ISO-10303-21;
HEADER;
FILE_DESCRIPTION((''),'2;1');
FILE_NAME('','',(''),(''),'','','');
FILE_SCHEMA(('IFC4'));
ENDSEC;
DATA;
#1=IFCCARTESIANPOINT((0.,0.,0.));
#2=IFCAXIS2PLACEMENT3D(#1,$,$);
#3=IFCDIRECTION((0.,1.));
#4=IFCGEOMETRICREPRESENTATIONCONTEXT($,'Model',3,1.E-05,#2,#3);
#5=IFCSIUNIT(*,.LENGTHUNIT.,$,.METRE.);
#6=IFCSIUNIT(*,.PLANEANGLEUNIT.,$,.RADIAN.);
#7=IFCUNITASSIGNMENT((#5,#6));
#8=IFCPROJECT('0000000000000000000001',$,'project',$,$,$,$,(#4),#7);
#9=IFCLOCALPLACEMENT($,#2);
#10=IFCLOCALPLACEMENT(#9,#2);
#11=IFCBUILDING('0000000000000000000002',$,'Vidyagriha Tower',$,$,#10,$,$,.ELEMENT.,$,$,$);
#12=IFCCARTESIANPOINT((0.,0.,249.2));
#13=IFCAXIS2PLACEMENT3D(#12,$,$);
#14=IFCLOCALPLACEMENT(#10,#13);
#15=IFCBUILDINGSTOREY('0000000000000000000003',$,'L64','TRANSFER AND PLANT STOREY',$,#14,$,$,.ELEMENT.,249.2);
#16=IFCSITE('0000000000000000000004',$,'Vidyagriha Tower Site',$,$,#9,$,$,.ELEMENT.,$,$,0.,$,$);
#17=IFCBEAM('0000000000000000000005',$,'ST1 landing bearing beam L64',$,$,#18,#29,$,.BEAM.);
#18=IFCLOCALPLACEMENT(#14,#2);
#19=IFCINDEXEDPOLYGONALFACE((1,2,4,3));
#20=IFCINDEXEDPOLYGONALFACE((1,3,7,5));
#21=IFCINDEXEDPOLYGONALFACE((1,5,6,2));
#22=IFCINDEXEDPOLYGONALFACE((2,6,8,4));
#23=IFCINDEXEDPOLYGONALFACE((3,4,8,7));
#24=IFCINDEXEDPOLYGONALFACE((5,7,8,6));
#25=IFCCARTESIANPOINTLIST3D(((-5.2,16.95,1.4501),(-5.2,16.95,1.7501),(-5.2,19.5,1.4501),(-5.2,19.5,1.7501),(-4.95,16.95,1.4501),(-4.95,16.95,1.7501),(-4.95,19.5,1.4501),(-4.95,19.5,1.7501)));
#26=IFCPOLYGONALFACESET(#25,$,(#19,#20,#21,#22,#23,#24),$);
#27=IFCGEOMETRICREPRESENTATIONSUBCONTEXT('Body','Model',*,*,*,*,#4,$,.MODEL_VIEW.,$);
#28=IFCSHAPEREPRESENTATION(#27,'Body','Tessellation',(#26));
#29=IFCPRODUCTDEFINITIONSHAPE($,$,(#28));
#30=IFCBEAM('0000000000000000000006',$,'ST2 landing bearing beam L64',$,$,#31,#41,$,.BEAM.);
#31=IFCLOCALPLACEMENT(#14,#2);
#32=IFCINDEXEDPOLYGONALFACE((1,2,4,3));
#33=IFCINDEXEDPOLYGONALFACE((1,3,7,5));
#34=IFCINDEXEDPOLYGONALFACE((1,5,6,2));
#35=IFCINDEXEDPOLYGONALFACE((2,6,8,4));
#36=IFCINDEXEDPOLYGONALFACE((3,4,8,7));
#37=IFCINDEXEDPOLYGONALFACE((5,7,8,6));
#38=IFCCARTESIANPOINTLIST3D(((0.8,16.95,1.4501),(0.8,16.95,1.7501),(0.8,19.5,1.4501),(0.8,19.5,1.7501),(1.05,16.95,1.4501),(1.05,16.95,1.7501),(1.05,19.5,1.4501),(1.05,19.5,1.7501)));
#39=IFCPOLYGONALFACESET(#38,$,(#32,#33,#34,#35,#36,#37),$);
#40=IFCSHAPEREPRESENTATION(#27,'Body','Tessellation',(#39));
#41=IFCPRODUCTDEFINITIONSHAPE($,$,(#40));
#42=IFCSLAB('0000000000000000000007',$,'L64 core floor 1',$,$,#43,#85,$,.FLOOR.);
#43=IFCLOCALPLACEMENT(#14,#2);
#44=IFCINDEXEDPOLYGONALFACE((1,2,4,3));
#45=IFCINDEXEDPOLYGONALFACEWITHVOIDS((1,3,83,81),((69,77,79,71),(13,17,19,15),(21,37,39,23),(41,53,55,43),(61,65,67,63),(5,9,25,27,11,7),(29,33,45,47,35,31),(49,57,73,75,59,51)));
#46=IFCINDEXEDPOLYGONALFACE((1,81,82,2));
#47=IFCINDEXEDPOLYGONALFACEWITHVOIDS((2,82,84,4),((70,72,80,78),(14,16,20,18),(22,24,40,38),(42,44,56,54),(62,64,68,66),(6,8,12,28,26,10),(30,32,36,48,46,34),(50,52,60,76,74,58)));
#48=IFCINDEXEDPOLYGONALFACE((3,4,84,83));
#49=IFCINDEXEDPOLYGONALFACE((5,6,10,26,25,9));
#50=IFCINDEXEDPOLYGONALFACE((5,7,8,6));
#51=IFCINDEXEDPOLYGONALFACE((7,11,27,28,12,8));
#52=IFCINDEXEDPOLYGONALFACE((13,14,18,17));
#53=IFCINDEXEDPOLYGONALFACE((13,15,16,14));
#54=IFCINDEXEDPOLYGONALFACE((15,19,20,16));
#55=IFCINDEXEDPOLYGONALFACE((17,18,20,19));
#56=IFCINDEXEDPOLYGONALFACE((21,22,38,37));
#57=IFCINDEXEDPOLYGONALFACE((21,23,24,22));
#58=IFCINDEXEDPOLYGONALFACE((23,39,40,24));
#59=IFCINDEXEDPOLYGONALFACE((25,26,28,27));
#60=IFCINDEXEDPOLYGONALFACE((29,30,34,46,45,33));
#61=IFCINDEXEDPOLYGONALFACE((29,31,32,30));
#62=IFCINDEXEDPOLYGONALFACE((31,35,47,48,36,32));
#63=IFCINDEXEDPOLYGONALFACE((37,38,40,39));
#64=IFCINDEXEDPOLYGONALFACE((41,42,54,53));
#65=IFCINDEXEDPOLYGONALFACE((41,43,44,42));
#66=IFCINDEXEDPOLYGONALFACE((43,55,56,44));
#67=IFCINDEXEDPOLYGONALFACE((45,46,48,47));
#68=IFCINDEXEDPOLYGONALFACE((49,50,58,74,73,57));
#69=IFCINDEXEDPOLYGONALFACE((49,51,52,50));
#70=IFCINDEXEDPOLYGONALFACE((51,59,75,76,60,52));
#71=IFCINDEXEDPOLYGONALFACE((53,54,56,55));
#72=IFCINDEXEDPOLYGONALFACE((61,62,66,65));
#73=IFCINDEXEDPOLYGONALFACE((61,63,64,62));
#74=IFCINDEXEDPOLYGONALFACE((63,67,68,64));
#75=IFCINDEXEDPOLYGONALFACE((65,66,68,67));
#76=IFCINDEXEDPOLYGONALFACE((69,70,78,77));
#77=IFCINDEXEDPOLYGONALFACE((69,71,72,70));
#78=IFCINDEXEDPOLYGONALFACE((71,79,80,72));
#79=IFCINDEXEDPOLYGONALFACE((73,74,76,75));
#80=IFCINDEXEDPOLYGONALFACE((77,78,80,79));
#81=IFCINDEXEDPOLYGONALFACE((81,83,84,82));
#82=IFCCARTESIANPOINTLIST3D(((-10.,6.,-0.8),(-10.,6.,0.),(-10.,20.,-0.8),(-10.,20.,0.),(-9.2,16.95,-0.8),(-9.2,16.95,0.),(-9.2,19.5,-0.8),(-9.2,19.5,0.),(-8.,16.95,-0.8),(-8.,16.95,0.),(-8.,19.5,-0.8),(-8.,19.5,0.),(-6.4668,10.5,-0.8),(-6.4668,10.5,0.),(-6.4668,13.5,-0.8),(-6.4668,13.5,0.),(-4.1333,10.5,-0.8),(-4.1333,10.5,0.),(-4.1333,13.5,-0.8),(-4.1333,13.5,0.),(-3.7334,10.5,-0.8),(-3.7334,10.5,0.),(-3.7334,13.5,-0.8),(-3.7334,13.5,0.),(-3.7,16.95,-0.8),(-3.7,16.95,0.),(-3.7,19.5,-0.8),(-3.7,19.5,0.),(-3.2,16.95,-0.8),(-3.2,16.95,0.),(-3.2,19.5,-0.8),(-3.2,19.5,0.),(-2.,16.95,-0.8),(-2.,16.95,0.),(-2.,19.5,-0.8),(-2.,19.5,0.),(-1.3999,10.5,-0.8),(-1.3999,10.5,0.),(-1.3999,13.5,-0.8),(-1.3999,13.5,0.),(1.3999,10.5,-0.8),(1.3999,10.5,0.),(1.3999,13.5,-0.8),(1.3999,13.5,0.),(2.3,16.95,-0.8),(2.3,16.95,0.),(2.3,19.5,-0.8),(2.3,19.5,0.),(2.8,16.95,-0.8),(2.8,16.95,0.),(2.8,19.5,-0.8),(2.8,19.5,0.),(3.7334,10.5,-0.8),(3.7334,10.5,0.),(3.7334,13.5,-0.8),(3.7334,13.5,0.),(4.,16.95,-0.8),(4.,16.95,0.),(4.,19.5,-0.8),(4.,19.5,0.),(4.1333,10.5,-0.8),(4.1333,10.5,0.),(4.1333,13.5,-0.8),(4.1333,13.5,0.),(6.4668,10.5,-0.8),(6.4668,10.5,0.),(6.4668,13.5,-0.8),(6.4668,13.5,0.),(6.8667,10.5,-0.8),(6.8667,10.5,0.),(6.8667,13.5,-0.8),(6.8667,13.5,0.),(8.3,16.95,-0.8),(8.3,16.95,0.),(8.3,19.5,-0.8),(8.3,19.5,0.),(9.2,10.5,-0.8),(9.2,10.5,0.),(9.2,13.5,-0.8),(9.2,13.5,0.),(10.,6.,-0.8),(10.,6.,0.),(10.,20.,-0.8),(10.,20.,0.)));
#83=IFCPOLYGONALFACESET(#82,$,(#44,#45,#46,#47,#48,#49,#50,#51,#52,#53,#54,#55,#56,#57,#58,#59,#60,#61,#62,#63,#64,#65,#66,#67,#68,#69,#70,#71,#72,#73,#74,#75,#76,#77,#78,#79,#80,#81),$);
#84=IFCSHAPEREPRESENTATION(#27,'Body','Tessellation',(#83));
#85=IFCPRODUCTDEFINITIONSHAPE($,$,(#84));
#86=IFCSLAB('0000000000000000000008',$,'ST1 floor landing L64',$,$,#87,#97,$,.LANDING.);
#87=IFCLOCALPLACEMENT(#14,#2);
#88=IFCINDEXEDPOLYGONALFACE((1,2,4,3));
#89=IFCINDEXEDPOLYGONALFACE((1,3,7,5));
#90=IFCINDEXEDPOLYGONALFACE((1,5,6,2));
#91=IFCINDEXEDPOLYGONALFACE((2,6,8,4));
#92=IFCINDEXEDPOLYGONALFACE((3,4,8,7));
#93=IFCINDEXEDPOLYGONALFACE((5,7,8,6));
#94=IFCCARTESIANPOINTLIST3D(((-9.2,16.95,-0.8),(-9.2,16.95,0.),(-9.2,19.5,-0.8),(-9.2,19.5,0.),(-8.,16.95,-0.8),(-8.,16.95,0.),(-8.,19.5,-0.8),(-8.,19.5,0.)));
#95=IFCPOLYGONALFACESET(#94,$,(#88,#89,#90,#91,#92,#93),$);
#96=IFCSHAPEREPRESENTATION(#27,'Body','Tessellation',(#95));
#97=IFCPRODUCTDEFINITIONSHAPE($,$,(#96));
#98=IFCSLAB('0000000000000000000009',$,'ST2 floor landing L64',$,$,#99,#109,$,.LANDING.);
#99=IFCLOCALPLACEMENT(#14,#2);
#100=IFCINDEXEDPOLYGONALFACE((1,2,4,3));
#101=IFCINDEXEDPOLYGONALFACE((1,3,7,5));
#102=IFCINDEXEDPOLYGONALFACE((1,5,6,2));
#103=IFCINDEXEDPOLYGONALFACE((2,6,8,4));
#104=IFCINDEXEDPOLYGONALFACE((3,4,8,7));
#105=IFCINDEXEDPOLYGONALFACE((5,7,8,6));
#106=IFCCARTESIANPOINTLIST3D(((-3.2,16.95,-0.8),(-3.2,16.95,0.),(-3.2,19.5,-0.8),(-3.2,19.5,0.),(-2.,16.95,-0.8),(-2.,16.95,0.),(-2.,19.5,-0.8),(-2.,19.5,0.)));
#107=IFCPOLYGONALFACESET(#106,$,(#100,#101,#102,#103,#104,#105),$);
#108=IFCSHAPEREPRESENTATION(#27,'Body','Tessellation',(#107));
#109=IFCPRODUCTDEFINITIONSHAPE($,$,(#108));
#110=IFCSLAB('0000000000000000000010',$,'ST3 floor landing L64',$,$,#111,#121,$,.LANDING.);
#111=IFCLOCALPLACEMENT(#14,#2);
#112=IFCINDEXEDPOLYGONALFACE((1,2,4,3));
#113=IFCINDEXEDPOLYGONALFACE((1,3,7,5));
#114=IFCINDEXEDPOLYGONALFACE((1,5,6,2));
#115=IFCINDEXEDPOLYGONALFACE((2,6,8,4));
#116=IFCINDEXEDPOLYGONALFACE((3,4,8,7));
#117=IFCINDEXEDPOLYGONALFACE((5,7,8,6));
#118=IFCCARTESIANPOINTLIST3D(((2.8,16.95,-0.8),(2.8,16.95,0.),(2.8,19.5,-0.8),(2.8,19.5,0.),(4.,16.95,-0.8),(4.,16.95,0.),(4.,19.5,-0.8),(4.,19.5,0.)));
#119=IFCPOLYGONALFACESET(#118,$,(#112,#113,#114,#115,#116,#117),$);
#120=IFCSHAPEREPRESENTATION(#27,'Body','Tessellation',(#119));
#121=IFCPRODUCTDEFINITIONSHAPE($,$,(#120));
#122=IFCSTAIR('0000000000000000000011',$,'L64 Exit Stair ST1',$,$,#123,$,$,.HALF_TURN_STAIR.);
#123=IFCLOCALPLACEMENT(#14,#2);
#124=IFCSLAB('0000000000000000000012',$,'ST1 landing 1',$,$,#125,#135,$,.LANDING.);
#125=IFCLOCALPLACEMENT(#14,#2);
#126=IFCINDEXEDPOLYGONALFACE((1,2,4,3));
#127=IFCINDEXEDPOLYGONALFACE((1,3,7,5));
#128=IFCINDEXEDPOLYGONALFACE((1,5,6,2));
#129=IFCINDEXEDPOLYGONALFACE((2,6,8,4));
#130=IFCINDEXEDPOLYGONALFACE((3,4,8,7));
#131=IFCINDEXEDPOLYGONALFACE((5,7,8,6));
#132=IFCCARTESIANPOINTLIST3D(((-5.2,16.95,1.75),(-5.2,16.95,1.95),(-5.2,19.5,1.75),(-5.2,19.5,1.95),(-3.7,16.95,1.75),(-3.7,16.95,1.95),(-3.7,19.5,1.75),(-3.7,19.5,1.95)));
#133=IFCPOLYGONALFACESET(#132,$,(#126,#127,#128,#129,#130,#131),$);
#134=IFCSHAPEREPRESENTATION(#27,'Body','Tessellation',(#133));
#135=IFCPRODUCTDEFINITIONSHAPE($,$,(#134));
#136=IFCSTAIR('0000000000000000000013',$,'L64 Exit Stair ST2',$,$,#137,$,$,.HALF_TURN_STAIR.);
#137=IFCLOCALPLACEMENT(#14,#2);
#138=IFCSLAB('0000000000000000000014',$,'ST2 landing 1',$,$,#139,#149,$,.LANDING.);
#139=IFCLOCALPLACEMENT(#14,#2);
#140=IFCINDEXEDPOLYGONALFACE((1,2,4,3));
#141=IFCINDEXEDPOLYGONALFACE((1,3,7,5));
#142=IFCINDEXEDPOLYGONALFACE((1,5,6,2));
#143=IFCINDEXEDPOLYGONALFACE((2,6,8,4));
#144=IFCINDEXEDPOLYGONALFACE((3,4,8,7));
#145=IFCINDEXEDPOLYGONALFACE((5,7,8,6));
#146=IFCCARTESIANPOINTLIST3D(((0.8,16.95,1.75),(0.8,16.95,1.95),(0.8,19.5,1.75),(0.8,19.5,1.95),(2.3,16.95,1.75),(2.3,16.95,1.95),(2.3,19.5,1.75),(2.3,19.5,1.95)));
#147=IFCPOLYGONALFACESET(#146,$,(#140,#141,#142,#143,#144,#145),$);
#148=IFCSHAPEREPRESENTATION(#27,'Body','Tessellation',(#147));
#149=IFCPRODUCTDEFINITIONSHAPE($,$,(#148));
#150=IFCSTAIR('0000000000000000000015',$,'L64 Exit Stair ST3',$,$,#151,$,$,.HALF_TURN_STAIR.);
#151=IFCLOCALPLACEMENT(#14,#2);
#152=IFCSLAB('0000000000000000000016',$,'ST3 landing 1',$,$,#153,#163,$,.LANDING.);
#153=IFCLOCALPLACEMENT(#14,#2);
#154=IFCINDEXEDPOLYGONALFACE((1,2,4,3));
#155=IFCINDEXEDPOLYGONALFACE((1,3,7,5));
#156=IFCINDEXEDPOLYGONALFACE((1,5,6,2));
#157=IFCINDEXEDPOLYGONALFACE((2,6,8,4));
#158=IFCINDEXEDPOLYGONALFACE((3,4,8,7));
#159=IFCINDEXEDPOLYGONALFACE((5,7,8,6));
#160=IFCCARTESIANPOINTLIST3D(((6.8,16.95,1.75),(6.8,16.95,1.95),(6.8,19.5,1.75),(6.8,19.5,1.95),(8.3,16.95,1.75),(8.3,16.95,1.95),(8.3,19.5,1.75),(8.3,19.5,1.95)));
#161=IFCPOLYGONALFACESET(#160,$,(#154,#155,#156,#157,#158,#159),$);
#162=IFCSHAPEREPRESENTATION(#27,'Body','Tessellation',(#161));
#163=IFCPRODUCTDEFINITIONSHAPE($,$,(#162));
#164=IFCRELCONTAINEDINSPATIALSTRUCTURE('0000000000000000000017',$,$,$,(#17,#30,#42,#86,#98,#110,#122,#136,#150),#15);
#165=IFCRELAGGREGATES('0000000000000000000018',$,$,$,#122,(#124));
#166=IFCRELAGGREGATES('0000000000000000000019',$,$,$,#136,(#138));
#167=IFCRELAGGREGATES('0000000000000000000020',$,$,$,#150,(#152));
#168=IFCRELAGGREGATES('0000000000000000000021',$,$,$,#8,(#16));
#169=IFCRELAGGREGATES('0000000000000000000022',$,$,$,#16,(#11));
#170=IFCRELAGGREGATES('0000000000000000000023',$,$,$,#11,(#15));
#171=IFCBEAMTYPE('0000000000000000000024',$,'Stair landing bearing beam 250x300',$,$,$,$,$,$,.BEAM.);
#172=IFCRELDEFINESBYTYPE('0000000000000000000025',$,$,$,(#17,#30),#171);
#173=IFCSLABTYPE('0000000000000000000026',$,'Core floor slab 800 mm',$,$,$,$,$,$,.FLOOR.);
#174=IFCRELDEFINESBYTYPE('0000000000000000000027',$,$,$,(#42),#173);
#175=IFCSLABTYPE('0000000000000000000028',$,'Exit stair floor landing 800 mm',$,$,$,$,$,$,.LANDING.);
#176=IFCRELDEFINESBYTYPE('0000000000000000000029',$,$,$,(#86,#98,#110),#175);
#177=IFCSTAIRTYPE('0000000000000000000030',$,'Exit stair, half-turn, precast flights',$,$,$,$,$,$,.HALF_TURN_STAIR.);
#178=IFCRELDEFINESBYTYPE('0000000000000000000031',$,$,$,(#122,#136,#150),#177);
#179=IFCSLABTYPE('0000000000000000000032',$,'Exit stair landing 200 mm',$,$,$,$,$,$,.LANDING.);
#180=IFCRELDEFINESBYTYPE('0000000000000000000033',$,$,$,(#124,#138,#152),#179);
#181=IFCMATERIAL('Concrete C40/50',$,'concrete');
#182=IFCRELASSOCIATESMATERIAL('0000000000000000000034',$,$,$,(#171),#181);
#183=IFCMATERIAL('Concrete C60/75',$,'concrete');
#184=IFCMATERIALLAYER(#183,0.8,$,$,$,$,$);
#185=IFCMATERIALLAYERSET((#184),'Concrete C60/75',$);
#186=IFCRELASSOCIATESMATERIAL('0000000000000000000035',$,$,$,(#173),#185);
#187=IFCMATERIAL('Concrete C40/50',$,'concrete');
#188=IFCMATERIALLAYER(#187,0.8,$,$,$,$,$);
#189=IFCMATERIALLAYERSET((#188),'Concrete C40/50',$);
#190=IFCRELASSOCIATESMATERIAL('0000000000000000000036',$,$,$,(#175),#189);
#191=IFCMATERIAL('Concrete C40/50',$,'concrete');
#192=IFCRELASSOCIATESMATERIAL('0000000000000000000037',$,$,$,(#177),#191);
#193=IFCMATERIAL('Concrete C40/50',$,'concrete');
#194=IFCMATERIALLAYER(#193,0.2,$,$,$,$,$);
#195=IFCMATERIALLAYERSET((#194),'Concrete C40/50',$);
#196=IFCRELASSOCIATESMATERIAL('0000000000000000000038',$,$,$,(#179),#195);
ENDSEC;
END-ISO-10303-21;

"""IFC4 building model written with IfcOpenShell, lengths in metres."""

from ifc_helpers import new_model, si_unit, direction, frame, origin, origin_2d, place, context, subcontext, project, spatial, polyline, rectangle, outline, extrude, material, layer, layer_set, material_profile, profile_set, type_object, element, aggregate, save


model = new_model("IFC4")

# Units and contexts
model_context = context("Model", 3, precision=1e-05, world=origin(), true_north=direction((0.0, 1.0)))
body_context = subcontext(model_context, "Body", "Model", "MODEL_VIEW")
ifc_project = project(units=[si_unit("LENGTHUNIT", "METRE"), si_unit("PLANEANGLEUNIT", "RADIAN")], contexts=[model_context])

# Site, building, storey
site_placement = place(None, origin())
site = spatial("IfcSite", under=ifc_project, at=site_placement, Name="Vidyagriha Tower Site", CompositionType="ELEMENT", RefElevation=0.0)
building_placement = place(site_placement, origin())
building = spatial("IfcBuilding", under=site, at=building_placement, Name="Vidyagriha Tower", CompositionType="ELEMENT")
storey_placement = place(building_placement, frame((0.0, 0.0, 249.2)))
storey = spatial("IfcBuildingStorey", under=building, at=storey_placement, Name="L64", Description="TRANSFER AND PLANT STOREY", CompositionType="ELEMENT", Elevation=249.2)

# Beams
ifc_material_1 = material(Name="Concrete C40/50", Category="concrete")
ifc_material_profile = material_profile(ifc_material_1, rectangle(XDim=0.25, YDim=0.3, at=origin_2d()), Name="Stair landing bearing beam 250x300")
ifc_profile_set = profile_set([ifc_material_profile], Name="Concrete C40/50")
beam_type = type_object("IfcBeamType", Name="Stair landing bearing beam 250x300", PredefinedType="BEAM", material=ifc_profile_set)
for number, where, z_axis, x_axis, name in (
    (1, (-5.075, 16.95, 1.6001), (0.0, 1.0, 0.0), (-1.0, 0.0, 0.0), "ST1 landing bearing beam L64"),
    (2, (0.925, 16.95, 1.6001), (0.0, 1.0, 0.0), (-1.0, 0.0, 0.0), "ST2 landing bearing beam L64"),
):
    element("IfcBeam", number, at=place(storey_placement, frame(where, z_axis=z_axis, x_axis=x_axis)), inside=storey, type_object=beam_type, Name=name, PredefinedType="BEAM", context=body_context, shape_type="SweptSolid", body=[
        extrude(rectangle(XDim=0.25, YDim=0.3, at=origin_2d()), origin(), (0.0, 0.0, 1.0), 2.55),
    ])

# Slabs
ifc_material_2 = material(Name="Concrete C60/75", Category="concrete")
ifc_layer_1 = layer(ifc_material_2, 0.8)
ifc_layer_set_1 = layer_set([ifc_layer_1], Name="Concrete C60/75")
slab_type_1 = type_object("IfcSlabType", Name="Core floor slab 800 mm", PredefinedType="FLOOR", material=ifc_layer_set_1)
slab_1_placement = place(storey_placement, frame((0.0, 0.0, -0.8)))
element("IfcSlab", 3, at=slab_1_placement, inside=storey, type_object=slab_type_1, Name="L64 core floor 1", PredefinedType="FLOOR", context=body_context, shape_type="SweptSolid", body=[
    extrude(outline(polyline([(-10.0, 6.0), (-10.0, 20.0), (10.0, 20.0), (10.0, 6.0), (-10.0, 6.0)]), holes=[polyline([(6.8667, 13.5), (6.8667, 10.5), (9.2, 10.5), (9.2, 13.5), (6.8667, 13.5)]), polyline([(4.0, 19.5), (2.8, 19.5), (2.8, 16.95), (4.0, 16.95), (8.3, 16.95), (8.3, 19.5), (4.0, 19.5)]), polyline([(6.4668, 13.5), (4.1333, 13.5), (4.1333, 10.5), (6.4668, 10.5), (6.4668, 13.5)]), polyline([(3.7334, 13.5), (1.3999, 13.5), (1.3999, 10.5), (3.7334, 10.5), (3.7334, 13.5)]), polyline([(-2.0, 16.95), (2.3, 16.95), (2.3, 19.5), (-2.0, 19.5), (-3.2, 19.5), (-3.2, 16.95), (-2.0, 16.95)]), polyline([(-3.7334, 13.5), (-3.7334, 10.5), (-1.3999, 10.5), (-1.3999, 13.5), (-3.7334, 13.5)]), polyline([(-9.2, 19.5), (-9.2, 16.95), (-8.0, 16.95), (-3.7, 16.95), (-3.7, 19.5), (-8.0, 19.5), (-9.2, 19.5)]), polyline([(-6.4668, 13.5), (-6.4668, 10.5), (-4.1333, 10.5), (-4.1333, 13.5), (-6.4668, 13.5)])]), origin(), (0.0, 0.0, 1.0), 0.8),
])
ifc_material_3 = material(Name="Concrete C40/50", Category="concrete")
ifc_layer_2 = layer(ifc_material_3, 0.8)
ifc_layer_set_2 = layer_set([ifc_layer_2], Name="Concrete C40/50")
slab_type_2 = type_object("IfcSlabType", Name="Exit stair floor landing 800 mm", PredefinedType="LANDING", material=ifc_layer_set_2)
slab_2_placement = place(storey_placement, frame((0.0, 0.0, -0.8)))
element("IfcSlab", 4, at=slab_2_placement, inside=storey, type_object=slab_type_2, Name="ST1 floor landing L64", PredefinedType="LANDING", context=body_context, shape_type="SweptSolid", body=[
    extrude(outline(polyline([(-9.2, 16.95), (-8.0, 16.95), (-8.0, 19.5), (-9.2, 19.5), (-9.2, 16.95)])), origin(), (0.0, 0.0, 1.0), 0.8),
])
slab_3_placement = place(storey_placement, frame((0.0, 0.0, -0.8)))
element("IfcSlab", 5, at=slab_3_placement, inside=storey, type_object=slab_type_2, Name="ST2 floor landing L64", PredefinedType="LANDING", context=body_context, shape_type="SweptSolid", body=[
    extrude(outline(polyline([(-3.2, 16.95), (-2.0, 16.95), (-2.0, 19.5), (-3.2, 19.5), (-3.2, 16.95)])), origin(), (0.0, 0.0, 1.0), 0.8),
])
slab_4_placement = place(storey_placement, frame((0.0, 0.0, -0.8)))
element("IfcSlab", 6, at=slab_4_placement, inside=storey, type_object=slab_type_2, Name="ST3 floor landing L64", PredefinedType="LANDING", context=body_context, shape_type="SweptSolid", body=[
    extrude(outline(polyline([(2.8, 16.95), (4.0, 16.95), (4.0, 19.5), (2.8, 19.5), (2.8, 16.95)])), origin(), (0.0, 0.0, 1.0), 0.8),
])

# Stairs, slabs
ifc_material_4 = material(Name="Concrete C40/50", Category="concrete")
stair_type = type_object("IfcStairType", Name="Exit stair, half-turn, precast flights", PredefinedType="HALF_TURN_STAIR", material=ifc_material_4)
stair_1_placement = place(storey_placement, origin())
stair_1 = element("IfcStair", 7, at=stair_1_placement, inside=storey, type_object=stair_type, Name="L64 Exit Stair ST1", PredefinedType="HALF_TURN_STAIR")
ifc_material_5 = material(Name="Concrete C40/50", Category="concrete")
ifc_layer_3 = layer(ifc_material_5, 0.2)
ifc_layer_set_3 = layer_set([ifc_layer_3], Name="Concrete C40/50")
slab_type_3 = type_object("IfcSlabType", Name="Exit stair landing 200 mm", PredefinedType="LANDING", material=ifc_layer_set_3)
slab_5_placement = place(storey_placement, frame((0.0, 0.0, 1.75)))
slab_5 = element("IfcSlab", 8, at=slab_5_placement, type_object=slab_type_3, Name="ST1 landing 1", PredefinedType="LANDING", context=body_context, shape_type="SweptSolid", body=[
    extrude(outline(polyline([(-5.2, 16.95), (-3.7, 16.95), (-3.7, 19.5), (-5.2, 19.5), (-5.2, 16.95)])), origin(), (0.0, 0.0, 1.0), 0.2),
])
aggregate(stair_1, [slab_5])
stair_2_placement = place(storey_placement, origin())
stair_2 = element("IfcStair", 9, at=stair_2_placement, inside=storey, type_object=stair_type, Name="L64 Exit Stair ST2", PredefinedType="HALF_TURN_STAIR")
slab_6_placement = place(storey_placement, frame((0.0, 0.0, 1.75)))
slab_6 = element("IfcSlab", 10, at=slab_6_placement, type_object=slab_type_3, Name="ST2 landing 1", PredefinedType="LANDING", context=body_context, shape_type="SweptSolid", body=[
    extrude(outline(polyline([(0.8, 16.95), (2.3, 16.95), (2.3, 19.5), (0.8, 19.5), (0.8, 16.95)])), origin(), (0.0, 0.0, 1.0), 0.2),
])
aggregate(stair_2, [slab_6])
stair_3_placement = place(storey_placement, origin())
stair_3 = element("IfcStair", 11, at=stair_3_placement, inside=storey, type_object=stair_type, Name="L64 Exit Stair ST3", PredefinedType="HALF_TURN_STAIR")
slab_7_placement = place(storey_placement, frame((0.0, 0.0, 1.75)))
slab_7 = element("IfcSlab", 12, at=slab_7_placement, type_object=slab_type_3, Name="ST3 landing 1", PredefinedType="LANDING", context=body_context, shape_type="SweptSolid", body=[
    extrude(outline(polyline([(6.8, 16.95), (8.3, 16.95), (8.3, 19.5), (6.8, 19.5), (6.8, 16.95)])), origin(), (0.0, 0.0, 1.0), 0.2),
])
aggregate(stair_3, [slab_7])

save(model, "model.ifc")
